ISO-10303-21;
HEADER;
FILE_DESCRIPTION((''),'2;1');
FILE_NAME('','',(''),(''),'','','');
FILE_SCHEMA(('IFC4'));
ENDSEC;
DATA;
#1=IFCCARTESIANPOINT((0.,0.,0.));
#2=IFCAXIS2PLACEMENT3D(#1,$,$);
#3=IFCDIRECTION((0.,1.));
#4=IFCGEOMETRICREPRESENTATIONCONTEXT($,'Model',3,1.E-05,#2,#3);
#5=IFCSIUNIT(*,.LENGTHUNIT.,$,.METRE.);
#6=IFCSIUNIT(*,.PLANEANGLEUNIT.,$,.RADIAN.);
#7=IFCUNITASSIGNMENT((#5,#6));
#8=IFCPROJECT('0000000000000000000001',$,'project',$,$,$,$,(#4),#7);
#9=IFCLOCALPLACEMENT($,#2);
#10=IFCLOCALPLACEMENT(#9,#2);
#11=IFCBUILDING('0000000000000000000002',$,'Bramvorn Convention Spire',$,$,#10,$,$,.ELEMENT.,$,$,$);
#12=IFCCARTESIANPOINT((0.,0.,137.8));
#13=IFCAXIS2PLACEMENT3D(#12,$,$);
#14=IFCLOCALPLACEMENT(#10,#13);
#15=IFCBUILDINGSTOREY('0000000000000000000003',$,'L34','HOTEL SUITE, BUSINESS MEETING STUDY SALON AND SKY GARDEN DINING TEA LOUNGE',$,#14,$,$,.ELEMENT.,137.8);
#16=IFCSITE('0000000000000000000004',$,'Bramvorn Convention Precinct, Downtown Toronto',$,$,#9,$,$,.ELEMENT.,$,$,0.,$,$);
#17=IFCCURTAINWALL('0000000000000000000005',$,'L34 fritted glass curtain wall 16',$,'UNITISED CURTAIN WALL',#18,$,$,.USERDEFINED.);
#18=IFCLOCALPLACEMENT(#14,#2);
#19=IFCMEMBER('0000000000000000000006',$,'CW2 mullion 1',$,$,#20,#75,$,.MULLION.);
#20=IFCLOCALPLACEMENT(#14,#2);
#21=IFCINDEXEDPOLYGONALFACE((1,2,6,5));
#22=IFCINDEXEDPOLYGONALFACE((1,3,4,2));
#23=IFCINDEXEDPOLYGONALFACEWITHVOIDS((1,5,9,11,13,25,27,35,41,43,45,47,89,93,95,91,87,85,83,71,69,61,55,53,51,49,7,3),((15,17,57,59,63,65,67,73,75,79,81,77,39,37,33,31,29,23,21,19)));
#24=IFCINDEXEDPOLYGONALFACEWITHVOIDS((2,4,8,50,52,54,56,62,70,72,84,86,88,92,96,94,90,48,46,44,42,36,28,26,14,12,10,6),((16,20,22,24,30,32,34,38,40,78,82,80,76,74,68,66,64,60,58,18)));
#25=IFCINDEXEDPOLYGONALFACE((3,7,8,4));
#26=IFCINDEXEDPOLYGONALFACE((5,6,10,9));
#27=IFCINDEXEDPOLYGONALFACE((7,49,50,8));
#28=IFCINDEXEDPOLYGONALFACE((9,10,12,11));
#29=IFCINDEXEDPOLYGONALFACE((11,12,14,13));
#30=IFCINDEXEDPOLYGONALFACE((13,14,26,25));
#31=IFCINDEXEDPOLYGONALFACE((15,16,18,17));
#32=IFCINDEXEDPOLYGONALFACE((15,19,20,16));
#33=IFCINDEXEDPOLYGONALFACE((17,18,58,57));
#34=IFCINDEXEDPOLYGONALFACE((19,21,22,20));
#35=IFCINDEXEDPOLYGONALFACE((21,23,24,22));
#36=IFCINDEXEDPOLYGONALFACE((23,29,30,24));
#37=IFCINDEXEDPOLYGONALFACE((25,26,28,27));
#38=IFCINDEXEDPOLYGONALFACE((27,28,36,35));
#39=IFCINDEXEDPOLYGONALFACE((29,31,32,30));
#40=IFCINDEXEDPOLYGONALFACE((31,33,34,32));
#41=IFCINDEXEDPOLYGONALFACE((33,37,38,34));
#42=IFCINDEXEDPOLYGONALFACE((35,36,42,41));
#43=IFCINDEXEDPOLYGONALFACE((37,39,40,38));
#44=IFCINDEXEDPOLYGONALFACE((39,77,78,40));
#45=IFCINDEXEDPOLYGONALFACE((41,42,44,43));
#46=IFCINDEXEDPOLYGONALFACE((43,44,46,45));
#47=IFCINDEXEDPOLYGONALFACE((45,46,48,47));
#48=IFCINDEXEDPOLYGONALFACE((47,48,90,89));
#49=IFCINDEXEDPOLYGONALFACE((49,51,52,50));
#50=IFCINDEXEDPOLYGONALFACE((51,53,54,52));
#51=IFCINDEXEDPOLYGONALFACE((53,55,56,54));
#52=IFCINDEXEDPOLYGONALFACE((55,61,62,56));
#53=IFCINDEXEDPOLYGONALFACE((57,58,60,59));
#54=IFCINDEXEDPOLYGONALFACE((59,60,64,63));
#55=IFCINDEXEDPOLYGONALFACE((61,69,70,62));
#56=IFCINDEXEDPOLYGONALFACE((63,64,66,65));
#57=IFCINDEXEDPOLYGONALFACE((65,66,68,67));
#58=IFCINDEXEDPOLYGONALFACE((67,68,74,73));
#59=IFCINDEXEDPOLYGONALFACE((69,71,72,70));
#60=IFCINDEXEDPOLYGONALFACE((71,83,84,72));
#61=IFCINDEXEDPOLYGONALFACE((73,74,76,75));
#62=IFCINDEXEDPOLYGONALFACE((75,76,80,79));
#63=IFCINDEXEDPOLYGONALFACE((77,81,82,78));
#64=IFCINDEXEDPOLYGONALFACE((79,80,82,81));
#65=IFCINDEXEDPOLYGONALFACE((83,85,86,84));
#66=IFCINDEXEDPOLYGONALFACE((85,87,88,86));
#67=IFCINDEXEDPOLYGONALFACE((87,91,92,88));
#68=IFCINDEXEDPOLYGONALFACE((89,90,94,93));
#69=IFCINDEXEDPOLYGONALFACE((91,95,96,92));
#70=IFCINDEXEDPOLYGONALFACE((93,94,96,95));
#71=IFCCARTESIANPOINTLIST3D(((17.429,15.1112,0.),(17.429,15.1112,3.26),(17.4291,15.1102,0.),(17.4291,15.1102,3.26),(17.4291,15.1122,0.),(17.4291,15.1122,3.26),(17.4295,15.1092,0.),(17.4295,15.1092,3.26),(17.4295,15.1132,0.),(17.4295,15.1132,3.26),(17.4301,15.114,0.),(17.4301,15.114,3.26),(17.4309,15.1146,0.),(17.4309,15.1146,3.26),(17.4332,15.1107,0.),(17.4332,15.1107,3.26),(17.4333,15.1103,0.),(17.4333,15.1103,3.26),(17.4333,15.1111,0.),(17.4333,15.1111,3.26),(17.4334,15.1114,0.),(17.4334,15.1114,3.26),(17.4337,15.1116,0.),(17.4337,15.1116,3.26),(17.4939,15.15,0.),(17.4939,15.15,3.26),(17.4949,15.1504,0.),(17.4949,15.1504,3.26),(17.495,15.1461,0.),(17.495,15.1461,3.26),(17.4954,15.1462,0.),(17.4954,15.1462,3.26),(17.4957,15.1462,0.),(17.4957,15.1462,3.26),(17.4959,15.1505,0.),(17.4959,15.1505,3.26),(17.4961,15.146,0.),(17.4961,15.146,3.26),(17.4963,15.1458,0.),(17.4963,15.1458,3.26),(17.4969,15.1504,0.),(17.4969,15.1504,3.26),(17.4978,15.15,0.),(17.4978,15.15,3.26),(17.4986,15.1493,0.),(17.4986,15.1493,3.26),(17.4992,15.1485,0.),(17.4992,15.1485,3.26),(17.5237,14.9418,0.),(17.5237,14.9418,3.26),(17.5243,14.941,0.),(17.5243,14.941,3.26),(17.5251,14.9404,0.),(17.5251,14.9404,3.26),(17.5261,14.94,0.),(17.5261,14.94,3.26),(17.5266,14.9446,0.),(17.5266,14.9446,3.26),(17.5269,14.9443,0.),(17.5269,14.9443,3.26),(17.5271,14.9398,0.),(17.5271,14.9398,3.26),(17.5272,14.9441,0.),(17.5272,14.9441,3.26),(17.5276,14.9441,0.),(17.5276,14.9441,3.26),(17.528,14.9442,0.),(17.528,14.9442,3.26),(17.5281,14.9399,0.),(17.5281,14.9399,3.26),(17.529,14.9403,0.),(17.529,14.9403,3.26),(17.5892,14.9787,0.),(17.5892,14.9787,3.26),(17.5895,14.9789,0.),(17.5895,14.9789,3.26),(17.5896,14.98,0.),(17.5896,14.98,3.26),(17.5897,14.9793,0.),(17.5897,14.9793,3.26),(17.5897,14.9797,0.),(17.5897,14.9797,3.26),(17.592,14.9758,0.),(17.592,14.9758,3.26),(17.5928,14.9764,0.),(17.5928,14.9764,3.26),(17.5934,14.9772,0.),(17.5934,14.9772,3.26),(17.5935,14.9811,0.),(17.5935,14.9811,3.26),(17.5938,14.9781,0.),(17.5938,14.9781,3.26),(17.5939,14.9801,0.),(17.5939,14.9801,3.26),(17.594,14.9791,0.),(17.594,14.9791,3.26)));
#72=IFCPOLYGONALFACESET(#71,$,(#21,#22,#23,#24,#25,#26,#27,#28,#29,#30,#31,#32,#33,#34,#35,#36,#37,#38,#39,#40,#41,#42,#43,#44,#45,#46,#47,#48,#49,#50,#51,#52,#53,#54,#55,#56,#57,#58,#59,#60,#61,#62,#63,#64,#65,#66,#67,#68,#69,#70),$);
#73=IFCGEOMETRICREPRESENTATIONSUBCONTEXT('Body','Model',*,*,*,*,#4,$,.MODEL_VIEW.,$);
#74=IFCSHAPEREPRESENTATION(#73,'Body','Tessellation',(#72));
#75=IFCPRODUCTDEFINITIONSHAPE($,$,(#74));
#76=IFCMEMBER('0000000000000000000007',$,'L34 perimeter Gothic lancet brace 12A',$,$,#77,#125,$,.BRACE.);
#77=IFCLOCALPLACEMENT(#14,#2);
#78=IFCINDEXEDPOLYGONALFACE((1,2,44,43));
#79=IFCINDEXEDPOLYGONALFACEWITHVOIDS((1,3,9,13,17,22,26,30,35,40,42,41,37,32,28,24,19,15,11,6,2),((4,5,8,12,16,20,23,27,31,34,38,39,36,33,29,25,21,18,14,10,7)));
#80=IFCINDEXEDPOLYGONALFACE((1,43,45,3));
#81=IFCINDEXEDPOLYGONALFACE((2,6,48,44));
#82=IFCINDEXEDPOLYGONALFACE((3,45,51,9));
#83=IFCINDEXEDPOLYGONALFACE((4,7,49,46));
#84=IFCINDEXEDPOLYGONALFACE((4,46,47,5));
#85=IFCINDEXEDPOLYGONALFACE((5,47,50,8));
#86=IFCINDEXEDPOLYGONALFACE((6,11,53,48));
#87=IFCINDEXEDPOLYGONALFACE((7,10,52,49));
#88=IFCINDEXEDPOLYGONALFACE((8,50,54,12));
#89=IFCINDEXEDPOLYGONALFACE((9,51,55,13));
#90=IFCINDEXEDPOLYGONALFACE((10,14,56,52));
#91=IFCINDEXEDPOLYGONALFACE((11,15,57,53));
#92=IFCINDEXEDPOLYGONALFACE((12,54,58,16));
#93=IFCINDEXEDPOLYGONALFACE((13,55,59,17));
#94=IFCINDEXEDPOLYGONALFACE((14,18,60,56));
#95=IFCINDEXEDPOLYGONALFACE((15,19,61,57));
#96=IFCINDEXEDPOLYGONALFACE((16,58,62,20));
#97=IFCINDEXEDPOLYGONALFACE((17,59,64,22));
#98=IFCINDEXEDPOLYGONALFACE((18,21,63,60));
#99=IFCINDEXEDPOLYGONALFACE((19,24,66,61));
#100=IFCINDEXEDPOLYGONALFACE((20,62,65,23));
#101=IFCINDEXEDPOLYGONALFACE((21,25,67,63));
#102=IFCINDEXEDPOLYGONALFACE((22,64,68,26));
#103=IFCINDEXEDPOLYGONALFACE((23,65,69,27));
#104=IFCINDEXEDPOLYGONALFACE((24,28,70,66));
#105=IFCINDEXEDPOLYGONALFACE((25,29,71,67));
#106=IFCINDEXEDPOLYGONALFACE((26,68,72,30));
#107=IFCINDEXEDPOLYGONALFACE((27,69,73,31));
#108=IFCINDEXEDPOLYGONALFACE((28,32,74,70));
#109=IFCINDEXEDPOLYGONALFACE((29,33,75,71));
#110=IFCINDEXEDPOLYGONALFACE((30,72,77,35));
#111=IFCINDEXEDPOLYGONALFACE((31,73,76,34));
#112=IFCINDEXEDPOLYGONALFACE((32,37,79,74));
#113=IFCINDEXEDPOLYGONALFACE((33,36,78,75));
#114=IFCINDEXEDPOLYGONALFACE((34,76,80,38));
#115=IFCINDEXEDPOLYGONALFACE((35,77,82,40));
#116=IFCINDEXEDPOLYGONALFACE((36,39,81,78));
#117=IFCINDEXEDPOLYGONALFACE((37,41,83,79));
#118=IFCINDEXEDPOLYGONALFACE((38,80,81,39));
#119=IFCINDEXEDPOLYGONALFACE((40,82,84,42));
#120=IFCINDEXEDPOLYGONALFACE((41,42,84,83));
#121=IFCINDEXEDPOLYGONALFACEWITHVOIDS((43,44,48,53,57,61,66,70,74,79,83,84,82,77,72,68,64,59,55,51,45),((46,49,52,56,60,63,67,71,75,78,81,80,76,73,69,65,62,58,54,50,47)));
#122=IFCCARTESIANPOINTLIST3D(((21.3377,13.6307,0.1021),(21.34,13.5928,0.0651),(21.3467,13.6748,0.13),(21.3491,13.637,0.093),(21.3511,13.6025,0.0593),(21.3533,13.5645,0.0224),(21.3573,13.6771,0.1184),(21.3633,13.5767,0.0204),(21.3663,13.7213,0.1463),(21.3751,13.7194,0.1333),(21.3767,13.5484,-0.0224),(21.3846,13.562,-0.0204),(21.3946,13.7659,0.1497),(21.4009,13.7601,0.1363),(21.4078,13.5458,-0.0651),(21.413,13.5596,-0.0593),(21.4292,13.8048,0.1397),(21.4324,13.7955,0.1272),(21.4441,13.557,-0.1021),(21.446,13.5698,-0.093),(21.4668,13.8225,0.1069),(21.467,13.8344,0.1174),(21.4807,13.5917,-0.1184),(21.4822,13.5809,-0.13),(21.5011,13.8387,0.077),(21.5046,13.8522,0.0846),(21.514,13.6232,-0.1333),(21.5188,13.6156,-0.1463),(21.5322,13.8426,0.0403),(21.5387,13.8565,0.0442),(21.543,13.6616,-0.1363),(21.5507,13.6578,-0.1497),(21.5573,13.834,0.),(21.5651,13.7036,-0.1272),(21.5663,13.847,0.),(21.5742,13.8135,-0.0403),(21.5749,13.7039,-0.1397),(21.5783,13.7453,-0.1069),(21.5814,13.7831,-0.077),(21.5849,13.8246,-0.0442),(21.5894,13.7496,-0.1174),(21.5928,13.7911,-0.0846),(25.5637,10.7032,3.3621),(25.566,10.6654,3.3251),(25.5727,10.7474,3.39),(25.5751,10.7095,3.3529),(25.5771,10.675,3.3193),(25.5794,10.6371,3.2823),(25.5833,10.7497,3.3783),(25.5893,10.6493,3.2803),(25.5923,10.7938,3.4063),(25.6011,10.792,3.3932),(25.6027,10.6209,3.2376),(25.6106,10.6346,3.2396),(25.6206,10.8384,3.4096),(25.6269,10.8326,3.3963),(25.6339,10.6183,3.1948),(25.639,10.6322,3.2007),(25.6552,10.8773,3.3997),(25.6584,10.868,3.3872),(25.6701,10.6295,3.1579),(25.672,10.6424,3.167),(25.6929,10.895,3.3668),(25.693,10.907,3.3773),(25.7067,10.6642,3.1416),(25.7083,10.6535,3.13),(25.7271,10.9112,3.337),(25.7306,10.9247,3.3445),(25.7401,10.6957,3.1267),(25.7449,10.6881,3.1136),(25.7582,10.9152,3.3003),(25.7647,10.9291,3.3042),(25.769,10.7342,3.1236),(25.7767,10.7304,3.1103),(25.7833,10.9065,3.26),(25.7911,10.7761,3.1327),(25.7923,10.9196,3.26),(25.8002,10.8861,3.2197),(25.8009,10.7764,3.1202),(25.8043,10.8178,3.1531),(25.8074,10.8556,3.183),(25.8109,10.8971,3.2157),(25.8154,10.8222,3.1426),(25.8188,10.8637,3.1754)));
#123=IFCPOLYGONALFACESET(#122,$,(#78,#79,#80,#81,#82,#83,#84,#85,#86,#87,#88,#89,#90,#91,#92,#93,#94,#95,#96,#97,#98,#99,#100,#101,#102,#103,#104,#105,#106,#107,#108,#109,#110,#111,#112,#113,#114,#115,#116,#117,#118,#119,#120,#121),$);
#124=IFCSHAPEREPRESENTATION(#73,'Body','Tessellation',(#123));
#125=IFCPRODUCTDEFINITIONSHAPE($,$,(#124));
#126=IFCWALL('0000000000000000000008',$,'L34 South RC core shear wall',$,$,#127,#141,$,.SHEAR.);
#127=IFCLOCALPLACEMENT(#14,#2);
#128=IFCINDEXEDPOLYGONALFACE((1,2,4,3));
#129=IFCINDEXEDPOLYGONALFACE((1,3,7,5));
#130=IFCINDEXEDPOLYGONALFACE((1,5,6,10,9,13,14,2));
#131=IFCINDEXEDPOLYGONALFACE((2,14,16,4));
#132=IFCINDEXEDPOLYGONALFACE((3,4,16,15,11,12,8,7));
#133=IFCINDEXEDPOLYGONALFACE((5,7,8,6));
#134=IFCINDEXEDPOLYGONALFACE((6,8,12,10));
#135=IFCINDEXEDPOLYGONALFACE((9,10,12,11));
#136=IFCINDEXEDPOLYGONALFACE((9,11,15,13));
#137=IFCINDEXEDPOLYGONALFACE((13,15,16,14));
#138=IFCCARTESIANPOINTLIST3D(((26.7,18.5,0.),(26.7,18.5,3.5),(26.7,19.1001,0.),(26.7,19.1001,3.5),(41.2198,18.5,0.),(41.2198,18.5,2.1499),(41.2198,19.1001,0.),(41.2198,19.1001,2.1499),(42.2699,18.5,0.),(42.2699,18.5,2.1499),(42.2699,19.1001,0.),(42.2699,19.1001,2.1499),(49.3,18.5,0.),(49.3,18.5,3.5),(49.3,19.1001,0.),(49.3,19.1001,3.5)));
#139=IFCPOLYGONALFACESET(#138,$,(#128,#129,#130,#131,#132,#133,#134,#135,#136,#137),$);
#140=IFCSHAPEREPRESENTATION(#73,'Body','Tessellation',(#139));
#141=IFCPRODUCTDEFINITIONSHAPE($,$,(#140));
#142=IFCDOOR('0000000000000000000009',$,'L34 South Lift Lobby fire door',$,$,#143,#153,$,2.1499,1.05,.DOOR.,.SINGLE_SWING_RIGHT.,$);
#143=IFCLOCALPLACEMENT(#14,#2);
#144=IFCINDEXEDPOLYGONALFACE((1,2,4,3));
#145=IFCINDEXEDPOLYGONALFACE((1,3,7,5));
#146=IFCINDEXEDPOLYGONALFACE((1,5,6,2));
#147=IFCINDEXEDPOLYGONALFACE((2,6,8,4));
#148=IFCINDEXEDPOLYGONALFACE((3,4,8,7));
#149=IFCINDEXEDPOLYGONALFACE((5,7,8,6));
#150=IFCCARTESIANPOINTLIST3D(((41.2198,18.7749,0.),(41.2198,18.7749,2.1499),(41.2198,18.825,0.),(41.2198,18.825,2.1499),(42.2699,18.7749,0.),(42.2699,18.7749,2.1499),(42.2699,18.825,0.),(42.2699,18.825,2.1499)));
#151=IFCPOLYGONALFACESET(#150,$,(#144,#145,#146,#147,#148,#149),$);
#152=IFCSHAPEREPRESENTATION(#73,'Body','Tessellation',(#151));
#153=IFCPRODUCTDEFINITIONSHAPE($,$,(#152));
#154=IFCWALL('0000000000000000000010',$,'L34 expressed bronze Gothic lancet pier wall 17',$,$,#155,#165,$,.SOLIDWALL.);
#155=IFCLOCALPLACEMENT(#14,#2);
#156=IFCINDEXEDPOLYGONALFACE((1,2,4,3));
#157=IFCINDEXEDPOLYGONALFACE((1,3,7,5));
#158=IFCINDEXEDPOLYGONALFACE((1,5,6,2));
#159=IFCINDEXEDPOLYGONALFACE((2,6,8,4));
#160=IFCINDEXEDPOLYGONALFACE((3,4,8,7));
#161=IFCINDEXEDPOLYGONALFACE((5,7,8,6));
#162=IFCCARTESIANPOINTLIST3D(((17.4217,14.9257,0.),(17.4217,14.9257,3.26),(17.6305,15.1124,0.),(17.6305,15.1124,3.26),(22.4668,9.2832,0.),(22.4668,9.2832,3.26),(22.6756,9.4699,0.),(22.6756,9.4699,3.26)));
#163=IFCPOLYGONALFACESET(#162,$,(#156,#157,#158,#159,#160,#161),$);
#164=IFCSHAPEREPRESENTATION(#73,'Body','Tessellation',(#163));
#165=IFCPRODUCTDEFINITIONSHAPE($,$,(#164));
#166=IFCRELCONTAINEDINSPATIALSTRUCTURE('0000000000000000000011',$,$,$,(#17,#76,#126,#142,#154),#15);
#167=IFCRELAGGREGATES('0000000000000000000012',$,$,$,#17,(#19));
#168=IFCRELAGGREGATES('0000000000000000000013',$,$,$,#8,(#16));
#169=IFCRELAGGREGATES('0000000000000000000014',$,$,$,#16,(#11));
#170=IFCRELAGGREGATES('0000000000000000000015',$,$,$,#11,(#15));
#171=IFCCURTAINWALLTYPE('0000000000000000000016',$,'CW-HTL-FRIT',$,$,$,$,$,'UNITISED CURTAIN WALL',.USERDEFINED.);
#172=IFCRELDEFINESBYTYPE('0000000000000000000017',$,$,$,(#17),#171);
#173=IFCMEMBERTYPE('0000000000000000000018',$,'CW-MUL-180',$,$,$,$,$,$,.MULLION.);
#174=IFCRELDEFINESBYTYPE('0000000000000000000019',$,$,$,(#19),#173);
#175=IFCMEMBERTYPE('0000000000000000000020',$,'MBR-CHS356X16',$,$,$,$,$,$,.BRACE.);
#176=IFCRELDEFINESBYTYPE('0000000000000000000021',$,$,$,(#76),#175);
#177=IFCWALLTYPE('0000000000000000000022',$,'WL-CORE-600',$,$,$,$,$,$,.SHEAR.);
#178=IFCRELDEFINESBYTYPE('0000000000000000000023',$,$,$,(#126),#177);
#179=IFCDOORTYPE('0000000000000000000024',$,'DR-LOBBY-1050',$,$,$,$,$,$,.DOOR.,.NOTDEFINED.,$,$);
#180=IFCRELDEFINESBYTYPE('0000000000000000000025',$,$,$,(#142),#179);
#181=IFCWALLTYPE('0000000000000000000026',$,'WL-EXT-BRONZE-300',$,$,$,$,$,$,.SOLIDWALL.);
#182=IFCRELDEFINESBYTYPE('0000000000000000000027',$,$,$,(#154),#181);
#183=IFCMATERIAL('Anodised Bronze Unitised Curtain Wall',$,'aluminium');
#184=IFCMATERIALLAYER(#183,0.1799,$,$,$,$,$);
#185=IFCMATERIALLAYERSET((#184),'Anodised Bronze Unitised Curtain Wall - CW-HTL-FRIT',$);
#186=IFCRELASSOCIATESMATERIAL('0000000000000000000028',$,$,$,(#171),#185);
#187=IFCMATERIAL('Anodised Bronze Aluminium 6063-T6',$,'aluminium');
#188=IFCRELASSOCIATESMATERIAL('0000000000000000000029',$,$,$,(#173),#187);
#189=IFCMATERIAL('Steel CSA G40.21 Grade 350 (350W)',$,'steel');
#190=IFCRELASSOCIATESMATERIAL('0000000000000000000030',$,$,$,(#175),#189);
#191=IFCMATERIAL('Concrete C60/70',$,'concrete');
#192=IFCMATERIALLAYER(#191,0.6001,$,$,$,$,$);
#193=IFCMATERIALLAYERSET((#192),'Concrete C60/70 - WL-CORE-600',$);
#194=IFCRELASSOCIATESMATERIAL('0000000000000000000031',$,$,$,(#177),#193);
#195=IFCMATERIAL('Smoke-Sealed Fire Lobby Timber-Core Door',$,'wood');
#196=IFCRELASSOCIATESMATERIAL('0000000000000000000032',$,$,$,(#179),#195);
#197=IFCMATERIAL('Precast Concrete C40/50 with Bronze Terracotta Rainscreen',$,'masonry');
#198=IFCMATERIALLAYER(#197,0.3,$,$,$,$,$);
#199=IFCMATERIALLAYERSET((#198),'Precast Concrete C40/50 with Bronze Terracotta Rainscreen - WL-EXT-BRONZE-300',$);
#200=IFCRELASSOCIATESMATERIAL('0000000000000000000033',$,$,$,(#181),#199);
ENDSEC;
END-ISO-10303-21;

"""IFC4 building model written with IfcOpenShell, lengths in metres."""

from ifc_helpers import new_model, si_unit, direction, frame, frame_2d, origin, origin_2d, place, context, subcontext, project, spatial, rectangle, hollow_rectangle, hollow_circle, extrude, material, layer, layer_set, material_profile, profile_set, type_object, element, fill, aggregate, save


model = new_model("IFC4")

# Units and contexts
model_context = context("Model", 3, precision=1e-05, world=origin(), true_north=direction((0.0, 1.0)))
body_context = subcontext(model_context, "Body", "Model", "MODEL_VIEW")
ifc_project = project(units=[si_unit("LENGTHUNIT", "METRE"), si_unit("PLANEANGLEUNIT", "RADIAN")], contexts=[model_context])

# Site, building, storey
site_placement = place(None, origin())
site = spatial("IfcSite", under=ifc_project, at=site_placement, Name="Bramvorn Convention Precinct, Downtown Toronto", CompositionType="ELEMENT", RefElevation=0.0)
building_placement = place(site_placement, origin())
building = spatial("IfcBuilding", under=site, at=building_placement, Name="Bramvorn Convention Spire", CompositionType="ELEMENT")
storey_placement = place(building_placement, frame((0.0, 0.0, 137.8)))
storey = spatial("IfcBuildingStorey", under=building, at=storey_placement, Name="L34", Description="HOTEL SUITE, BUSINESS MEETING STUDY SALON AND SKY GARDEN DINING TEA LOUNGE", CompositionType="ELEMENT", Elevation=137.8)

# Shared definitions
ifc_material_1 = material(Name="Steel CSA G40.21 Grade 350 (350W)", Category="steel")

# Curtain wall, member
ifc_material_2 = material(Name="Anodised Bronze Unitised Curtain Wall", Category="aluminium")
ifc_layer_1 = layer(ifc_material_2, 0.1799)
ifc_layer_set_1 = layer_set([ifc_layer_1], Name="Anodised Bronze Unitised Curtain Wall - CW-HTL-FRIT")
curtain_wall_type = type_object("IfcCurtainWallType", Name="CW-HTL-FRIT", ElementType="UNITISED CURTAIN WALL", PredefinedType="USERDEFINED", material=ifc_layer_set_1)
curtain_wall_placement = place(storey_placement, origin())
curtain_wall = element("IfcCurtainWall", 1, at=curtain_wall_placement, inside=storey, type_object=curtain_wall_type, Name="L34 fritted glass curtain wall 16", ObjectType="UNITISED CURTAIN WALL", PredefinedType="USERDEFINED")
ifc_material_3 = material(Name="Anodised Bronze Aluminium 6063-T6", Category="aluminium")
ifc_material_profile_1 = material_profile(ifc_material_3, hollow_rectangle(XDim=0.0801, YDim=0.2, WallThickness=0.0039, InnerFilletRadius=0.001, OuterFilletRadius=0.0039, at=origin_2d()))
ifc_profile_set_1 = profile_set([ifc_material_profile_1], Name="Anodised Bronze Aluminium 6063-T6 - CWM80X200")
member_type_1 = type_object("IfcMemberType", Name="CW-MUL-180", PredefinedType="MULLION", material=ifc_profile_set_1)
member_1_placement = place(storey_placement, frame((17.5115, 15.0452, 0.0), z_axis=(0.0, 0.0, 1.0), x_axis=(-0.871438, -0.490506, 0.0)))
member_1 = element("IfcMember", 2, at=member_1_placement, type_object=member_type_1, Name="CW2 mullion 1", PredefinedType="MULLION", context=body_context, shape_type="SweptSolid", body=[
    extrude(hollow_rectangle(XDim=0.0801, YDim=0.2, WallThickness=0.0039, InnerFilletRadius=0.001, OuterFilletRadius=0.0039, at=origin_2d()), origin(), (0.0, 0.0, 1.0), 3.26),
])
aggregate(curtain_wall, [member_1])

# Member
ifc_material_profile_2 = material_profile(ifc_material_1, hollow_circle(Radius=0.1777, WallThickness=0.0159, at=origin_2d()))
ifc_profile_set_2 = profile_set([ifc_material_profile_2], Name="Steel CSA G40.21 Grade 350 (350W) - CHS356X16")
member_type_2 = type_object("IfcMemberType", Name="MBR-CHS356X16", PredefinedType="BRACE", material=ifc_profile_set_2)
member_2_placement = place(storey_placement, frame((21.4651, 13.7009, 0.0), z_axis=(0.694222, -0.480902, 0.535526), x_axis=(0.56944, 0.822033, 0.0)))
element("IfcMember", 3, at=member_2_placement, inside=storey, type_object=member_type_2, Name="L34 perimeter Gothic lancet brace 12A", PredefinedType="BRACE", context=body_context, shape_type="SweptSolid", body=[
    extrude(hollow_circle(Radius=0.1777, WallThickness=0.0159, at=origin_2d()), origin(), (0.0, 0.0, 1.0), 6.0874),
])

# Wall, opening, door
ifc_material_4 = material(Name="Concrete C60/70", Category="concrete")
ifc_layer_2 = layer(ifc_material_4, 0.6001)
ifc_layer_set_2 = layer_set([ifc_layer_2], Name="Concrete C60/70 - WL-CORE-600")
wall_type_1 = type_object("IfcWallType", Name="WL-CORE-600", PredefinedType="SHEAR", material=ifc_layer_set_2)
wall_1_placement = place(storey_placement, frame((26.7, 18.8, 0.0), z_axis=(0.0, 0.0, 1.0), x_axis=(1.0, 0.0, 0.0)))
wall_1 = element("IfcWall", 4, at=wall_1_placement, inside=storey, type_object=wall_type_1, Name="L34 South RC core shear wall", PredefinedType="SHEAR", context=body_context, shape_type="SweptSolid", body=[
    extrude(rectangle(XDim=22.6001, YDim=0.6001, at=frame_2d((11.3, 0.0))), origin(), (0.0, 0.0, 1.0), 3.5),
])
opening_1_placement = place(wall_1_placement, frame((14.52, 0.0, 0.0)))
opening_1 = element("IfcOpeningElement", 5, at=opening_1_placement, cuts=wall_1, PredefinedType="OPENING", context=body_context, shape_type="SweptSolid", body=[
    extrude(rectangle(XDim=1.05, YDim=2.1499, at=frame_2d((0.5249, 1.075))), frame((0.0, 0.3101, 0.0), z_axis=(0.0, -1.0, 0.0), x_axis=(1.0, 0.0, 0.0)), (0.0, 0.0, 1.0), 0.6201),
])
ifc_material_5 = material(Name="Smoke-Sealed Fire Lobby Timber-Core Door", Category="wood")
door_type_1 = type_object("IfcDoorType", Name="DR-LOBBY-1050", OperationType="NOTDEFINED", PredefinedType="DOOR", material=ifc_material_5)
door_1_placement = place(opening_1_placement, origin())
door_1 = element("IfcDoor", 6, at=door_1_placement, inside=storey, type_object=door_type_1, Name="L34 South Lift Lobby fire door", OperationType="SINGLE_SWING_RIGHT", OverallHeight=2.1499, OverallWidth=1.05, PredefinedType="DOOR", context=body_context, shape_type="SweptSolid", body=[
    extrude(rectangle(XDim=1.05, YDim=2.1499, at=frame_2d((0.5249, 1.075))), frame((0.0, 0.0249, 0.0), z_axis=(0.0, -1.0, 0.0), x_axis=(1.0, 0.0, 0.0)), (0.0, 0.0, 1.0), 0.05),
])
fill(opening_1, door_1)

# Wall
ifc_material_6 = material(Name="Precast Concrete C40/50 with Bronze Terracotta Rainscreen", Category="masonry")
ifc_layer_3 = layer(ifc_material_6, 0.3)
ifc_layer_set_3 = layer_set([ifc_layer_3], Name="Precast Concrete C40/50 with Bronze Terracotta Rainscreen - WL-EXT-BRONZE-300")
wall_type_2 = type_object("IfcWallType", Name="WL-EXT-BRONZE-300", PredefinedType="SOLIDWALL", material=ifc_layer_set_3)
wall_2_placement = place(storey_placement, frame((22.5713, 9.3765, 0.0), z_axis=(0.0, 0.0, 1.0), x_axis=(-0.666541, 0.745468, 0.0)))
element("IfcWall", 7, at=wall_2_placement, inside=storey, type_object=wall_type_2, Name="L34 expressed bronze Gothic lancet pier wall 17", PredefinedType="SOLIDWALL", context=body_context, shape_type="SweptSolid", body=[
    extrude(rectangle(XDim=7.5691, YDim=0.28, at=frame_2d((3.7847, 0.0))), origin(), (0.0, 0.0, 1.0), 3.26),
])

save(model, "model.ifc")
